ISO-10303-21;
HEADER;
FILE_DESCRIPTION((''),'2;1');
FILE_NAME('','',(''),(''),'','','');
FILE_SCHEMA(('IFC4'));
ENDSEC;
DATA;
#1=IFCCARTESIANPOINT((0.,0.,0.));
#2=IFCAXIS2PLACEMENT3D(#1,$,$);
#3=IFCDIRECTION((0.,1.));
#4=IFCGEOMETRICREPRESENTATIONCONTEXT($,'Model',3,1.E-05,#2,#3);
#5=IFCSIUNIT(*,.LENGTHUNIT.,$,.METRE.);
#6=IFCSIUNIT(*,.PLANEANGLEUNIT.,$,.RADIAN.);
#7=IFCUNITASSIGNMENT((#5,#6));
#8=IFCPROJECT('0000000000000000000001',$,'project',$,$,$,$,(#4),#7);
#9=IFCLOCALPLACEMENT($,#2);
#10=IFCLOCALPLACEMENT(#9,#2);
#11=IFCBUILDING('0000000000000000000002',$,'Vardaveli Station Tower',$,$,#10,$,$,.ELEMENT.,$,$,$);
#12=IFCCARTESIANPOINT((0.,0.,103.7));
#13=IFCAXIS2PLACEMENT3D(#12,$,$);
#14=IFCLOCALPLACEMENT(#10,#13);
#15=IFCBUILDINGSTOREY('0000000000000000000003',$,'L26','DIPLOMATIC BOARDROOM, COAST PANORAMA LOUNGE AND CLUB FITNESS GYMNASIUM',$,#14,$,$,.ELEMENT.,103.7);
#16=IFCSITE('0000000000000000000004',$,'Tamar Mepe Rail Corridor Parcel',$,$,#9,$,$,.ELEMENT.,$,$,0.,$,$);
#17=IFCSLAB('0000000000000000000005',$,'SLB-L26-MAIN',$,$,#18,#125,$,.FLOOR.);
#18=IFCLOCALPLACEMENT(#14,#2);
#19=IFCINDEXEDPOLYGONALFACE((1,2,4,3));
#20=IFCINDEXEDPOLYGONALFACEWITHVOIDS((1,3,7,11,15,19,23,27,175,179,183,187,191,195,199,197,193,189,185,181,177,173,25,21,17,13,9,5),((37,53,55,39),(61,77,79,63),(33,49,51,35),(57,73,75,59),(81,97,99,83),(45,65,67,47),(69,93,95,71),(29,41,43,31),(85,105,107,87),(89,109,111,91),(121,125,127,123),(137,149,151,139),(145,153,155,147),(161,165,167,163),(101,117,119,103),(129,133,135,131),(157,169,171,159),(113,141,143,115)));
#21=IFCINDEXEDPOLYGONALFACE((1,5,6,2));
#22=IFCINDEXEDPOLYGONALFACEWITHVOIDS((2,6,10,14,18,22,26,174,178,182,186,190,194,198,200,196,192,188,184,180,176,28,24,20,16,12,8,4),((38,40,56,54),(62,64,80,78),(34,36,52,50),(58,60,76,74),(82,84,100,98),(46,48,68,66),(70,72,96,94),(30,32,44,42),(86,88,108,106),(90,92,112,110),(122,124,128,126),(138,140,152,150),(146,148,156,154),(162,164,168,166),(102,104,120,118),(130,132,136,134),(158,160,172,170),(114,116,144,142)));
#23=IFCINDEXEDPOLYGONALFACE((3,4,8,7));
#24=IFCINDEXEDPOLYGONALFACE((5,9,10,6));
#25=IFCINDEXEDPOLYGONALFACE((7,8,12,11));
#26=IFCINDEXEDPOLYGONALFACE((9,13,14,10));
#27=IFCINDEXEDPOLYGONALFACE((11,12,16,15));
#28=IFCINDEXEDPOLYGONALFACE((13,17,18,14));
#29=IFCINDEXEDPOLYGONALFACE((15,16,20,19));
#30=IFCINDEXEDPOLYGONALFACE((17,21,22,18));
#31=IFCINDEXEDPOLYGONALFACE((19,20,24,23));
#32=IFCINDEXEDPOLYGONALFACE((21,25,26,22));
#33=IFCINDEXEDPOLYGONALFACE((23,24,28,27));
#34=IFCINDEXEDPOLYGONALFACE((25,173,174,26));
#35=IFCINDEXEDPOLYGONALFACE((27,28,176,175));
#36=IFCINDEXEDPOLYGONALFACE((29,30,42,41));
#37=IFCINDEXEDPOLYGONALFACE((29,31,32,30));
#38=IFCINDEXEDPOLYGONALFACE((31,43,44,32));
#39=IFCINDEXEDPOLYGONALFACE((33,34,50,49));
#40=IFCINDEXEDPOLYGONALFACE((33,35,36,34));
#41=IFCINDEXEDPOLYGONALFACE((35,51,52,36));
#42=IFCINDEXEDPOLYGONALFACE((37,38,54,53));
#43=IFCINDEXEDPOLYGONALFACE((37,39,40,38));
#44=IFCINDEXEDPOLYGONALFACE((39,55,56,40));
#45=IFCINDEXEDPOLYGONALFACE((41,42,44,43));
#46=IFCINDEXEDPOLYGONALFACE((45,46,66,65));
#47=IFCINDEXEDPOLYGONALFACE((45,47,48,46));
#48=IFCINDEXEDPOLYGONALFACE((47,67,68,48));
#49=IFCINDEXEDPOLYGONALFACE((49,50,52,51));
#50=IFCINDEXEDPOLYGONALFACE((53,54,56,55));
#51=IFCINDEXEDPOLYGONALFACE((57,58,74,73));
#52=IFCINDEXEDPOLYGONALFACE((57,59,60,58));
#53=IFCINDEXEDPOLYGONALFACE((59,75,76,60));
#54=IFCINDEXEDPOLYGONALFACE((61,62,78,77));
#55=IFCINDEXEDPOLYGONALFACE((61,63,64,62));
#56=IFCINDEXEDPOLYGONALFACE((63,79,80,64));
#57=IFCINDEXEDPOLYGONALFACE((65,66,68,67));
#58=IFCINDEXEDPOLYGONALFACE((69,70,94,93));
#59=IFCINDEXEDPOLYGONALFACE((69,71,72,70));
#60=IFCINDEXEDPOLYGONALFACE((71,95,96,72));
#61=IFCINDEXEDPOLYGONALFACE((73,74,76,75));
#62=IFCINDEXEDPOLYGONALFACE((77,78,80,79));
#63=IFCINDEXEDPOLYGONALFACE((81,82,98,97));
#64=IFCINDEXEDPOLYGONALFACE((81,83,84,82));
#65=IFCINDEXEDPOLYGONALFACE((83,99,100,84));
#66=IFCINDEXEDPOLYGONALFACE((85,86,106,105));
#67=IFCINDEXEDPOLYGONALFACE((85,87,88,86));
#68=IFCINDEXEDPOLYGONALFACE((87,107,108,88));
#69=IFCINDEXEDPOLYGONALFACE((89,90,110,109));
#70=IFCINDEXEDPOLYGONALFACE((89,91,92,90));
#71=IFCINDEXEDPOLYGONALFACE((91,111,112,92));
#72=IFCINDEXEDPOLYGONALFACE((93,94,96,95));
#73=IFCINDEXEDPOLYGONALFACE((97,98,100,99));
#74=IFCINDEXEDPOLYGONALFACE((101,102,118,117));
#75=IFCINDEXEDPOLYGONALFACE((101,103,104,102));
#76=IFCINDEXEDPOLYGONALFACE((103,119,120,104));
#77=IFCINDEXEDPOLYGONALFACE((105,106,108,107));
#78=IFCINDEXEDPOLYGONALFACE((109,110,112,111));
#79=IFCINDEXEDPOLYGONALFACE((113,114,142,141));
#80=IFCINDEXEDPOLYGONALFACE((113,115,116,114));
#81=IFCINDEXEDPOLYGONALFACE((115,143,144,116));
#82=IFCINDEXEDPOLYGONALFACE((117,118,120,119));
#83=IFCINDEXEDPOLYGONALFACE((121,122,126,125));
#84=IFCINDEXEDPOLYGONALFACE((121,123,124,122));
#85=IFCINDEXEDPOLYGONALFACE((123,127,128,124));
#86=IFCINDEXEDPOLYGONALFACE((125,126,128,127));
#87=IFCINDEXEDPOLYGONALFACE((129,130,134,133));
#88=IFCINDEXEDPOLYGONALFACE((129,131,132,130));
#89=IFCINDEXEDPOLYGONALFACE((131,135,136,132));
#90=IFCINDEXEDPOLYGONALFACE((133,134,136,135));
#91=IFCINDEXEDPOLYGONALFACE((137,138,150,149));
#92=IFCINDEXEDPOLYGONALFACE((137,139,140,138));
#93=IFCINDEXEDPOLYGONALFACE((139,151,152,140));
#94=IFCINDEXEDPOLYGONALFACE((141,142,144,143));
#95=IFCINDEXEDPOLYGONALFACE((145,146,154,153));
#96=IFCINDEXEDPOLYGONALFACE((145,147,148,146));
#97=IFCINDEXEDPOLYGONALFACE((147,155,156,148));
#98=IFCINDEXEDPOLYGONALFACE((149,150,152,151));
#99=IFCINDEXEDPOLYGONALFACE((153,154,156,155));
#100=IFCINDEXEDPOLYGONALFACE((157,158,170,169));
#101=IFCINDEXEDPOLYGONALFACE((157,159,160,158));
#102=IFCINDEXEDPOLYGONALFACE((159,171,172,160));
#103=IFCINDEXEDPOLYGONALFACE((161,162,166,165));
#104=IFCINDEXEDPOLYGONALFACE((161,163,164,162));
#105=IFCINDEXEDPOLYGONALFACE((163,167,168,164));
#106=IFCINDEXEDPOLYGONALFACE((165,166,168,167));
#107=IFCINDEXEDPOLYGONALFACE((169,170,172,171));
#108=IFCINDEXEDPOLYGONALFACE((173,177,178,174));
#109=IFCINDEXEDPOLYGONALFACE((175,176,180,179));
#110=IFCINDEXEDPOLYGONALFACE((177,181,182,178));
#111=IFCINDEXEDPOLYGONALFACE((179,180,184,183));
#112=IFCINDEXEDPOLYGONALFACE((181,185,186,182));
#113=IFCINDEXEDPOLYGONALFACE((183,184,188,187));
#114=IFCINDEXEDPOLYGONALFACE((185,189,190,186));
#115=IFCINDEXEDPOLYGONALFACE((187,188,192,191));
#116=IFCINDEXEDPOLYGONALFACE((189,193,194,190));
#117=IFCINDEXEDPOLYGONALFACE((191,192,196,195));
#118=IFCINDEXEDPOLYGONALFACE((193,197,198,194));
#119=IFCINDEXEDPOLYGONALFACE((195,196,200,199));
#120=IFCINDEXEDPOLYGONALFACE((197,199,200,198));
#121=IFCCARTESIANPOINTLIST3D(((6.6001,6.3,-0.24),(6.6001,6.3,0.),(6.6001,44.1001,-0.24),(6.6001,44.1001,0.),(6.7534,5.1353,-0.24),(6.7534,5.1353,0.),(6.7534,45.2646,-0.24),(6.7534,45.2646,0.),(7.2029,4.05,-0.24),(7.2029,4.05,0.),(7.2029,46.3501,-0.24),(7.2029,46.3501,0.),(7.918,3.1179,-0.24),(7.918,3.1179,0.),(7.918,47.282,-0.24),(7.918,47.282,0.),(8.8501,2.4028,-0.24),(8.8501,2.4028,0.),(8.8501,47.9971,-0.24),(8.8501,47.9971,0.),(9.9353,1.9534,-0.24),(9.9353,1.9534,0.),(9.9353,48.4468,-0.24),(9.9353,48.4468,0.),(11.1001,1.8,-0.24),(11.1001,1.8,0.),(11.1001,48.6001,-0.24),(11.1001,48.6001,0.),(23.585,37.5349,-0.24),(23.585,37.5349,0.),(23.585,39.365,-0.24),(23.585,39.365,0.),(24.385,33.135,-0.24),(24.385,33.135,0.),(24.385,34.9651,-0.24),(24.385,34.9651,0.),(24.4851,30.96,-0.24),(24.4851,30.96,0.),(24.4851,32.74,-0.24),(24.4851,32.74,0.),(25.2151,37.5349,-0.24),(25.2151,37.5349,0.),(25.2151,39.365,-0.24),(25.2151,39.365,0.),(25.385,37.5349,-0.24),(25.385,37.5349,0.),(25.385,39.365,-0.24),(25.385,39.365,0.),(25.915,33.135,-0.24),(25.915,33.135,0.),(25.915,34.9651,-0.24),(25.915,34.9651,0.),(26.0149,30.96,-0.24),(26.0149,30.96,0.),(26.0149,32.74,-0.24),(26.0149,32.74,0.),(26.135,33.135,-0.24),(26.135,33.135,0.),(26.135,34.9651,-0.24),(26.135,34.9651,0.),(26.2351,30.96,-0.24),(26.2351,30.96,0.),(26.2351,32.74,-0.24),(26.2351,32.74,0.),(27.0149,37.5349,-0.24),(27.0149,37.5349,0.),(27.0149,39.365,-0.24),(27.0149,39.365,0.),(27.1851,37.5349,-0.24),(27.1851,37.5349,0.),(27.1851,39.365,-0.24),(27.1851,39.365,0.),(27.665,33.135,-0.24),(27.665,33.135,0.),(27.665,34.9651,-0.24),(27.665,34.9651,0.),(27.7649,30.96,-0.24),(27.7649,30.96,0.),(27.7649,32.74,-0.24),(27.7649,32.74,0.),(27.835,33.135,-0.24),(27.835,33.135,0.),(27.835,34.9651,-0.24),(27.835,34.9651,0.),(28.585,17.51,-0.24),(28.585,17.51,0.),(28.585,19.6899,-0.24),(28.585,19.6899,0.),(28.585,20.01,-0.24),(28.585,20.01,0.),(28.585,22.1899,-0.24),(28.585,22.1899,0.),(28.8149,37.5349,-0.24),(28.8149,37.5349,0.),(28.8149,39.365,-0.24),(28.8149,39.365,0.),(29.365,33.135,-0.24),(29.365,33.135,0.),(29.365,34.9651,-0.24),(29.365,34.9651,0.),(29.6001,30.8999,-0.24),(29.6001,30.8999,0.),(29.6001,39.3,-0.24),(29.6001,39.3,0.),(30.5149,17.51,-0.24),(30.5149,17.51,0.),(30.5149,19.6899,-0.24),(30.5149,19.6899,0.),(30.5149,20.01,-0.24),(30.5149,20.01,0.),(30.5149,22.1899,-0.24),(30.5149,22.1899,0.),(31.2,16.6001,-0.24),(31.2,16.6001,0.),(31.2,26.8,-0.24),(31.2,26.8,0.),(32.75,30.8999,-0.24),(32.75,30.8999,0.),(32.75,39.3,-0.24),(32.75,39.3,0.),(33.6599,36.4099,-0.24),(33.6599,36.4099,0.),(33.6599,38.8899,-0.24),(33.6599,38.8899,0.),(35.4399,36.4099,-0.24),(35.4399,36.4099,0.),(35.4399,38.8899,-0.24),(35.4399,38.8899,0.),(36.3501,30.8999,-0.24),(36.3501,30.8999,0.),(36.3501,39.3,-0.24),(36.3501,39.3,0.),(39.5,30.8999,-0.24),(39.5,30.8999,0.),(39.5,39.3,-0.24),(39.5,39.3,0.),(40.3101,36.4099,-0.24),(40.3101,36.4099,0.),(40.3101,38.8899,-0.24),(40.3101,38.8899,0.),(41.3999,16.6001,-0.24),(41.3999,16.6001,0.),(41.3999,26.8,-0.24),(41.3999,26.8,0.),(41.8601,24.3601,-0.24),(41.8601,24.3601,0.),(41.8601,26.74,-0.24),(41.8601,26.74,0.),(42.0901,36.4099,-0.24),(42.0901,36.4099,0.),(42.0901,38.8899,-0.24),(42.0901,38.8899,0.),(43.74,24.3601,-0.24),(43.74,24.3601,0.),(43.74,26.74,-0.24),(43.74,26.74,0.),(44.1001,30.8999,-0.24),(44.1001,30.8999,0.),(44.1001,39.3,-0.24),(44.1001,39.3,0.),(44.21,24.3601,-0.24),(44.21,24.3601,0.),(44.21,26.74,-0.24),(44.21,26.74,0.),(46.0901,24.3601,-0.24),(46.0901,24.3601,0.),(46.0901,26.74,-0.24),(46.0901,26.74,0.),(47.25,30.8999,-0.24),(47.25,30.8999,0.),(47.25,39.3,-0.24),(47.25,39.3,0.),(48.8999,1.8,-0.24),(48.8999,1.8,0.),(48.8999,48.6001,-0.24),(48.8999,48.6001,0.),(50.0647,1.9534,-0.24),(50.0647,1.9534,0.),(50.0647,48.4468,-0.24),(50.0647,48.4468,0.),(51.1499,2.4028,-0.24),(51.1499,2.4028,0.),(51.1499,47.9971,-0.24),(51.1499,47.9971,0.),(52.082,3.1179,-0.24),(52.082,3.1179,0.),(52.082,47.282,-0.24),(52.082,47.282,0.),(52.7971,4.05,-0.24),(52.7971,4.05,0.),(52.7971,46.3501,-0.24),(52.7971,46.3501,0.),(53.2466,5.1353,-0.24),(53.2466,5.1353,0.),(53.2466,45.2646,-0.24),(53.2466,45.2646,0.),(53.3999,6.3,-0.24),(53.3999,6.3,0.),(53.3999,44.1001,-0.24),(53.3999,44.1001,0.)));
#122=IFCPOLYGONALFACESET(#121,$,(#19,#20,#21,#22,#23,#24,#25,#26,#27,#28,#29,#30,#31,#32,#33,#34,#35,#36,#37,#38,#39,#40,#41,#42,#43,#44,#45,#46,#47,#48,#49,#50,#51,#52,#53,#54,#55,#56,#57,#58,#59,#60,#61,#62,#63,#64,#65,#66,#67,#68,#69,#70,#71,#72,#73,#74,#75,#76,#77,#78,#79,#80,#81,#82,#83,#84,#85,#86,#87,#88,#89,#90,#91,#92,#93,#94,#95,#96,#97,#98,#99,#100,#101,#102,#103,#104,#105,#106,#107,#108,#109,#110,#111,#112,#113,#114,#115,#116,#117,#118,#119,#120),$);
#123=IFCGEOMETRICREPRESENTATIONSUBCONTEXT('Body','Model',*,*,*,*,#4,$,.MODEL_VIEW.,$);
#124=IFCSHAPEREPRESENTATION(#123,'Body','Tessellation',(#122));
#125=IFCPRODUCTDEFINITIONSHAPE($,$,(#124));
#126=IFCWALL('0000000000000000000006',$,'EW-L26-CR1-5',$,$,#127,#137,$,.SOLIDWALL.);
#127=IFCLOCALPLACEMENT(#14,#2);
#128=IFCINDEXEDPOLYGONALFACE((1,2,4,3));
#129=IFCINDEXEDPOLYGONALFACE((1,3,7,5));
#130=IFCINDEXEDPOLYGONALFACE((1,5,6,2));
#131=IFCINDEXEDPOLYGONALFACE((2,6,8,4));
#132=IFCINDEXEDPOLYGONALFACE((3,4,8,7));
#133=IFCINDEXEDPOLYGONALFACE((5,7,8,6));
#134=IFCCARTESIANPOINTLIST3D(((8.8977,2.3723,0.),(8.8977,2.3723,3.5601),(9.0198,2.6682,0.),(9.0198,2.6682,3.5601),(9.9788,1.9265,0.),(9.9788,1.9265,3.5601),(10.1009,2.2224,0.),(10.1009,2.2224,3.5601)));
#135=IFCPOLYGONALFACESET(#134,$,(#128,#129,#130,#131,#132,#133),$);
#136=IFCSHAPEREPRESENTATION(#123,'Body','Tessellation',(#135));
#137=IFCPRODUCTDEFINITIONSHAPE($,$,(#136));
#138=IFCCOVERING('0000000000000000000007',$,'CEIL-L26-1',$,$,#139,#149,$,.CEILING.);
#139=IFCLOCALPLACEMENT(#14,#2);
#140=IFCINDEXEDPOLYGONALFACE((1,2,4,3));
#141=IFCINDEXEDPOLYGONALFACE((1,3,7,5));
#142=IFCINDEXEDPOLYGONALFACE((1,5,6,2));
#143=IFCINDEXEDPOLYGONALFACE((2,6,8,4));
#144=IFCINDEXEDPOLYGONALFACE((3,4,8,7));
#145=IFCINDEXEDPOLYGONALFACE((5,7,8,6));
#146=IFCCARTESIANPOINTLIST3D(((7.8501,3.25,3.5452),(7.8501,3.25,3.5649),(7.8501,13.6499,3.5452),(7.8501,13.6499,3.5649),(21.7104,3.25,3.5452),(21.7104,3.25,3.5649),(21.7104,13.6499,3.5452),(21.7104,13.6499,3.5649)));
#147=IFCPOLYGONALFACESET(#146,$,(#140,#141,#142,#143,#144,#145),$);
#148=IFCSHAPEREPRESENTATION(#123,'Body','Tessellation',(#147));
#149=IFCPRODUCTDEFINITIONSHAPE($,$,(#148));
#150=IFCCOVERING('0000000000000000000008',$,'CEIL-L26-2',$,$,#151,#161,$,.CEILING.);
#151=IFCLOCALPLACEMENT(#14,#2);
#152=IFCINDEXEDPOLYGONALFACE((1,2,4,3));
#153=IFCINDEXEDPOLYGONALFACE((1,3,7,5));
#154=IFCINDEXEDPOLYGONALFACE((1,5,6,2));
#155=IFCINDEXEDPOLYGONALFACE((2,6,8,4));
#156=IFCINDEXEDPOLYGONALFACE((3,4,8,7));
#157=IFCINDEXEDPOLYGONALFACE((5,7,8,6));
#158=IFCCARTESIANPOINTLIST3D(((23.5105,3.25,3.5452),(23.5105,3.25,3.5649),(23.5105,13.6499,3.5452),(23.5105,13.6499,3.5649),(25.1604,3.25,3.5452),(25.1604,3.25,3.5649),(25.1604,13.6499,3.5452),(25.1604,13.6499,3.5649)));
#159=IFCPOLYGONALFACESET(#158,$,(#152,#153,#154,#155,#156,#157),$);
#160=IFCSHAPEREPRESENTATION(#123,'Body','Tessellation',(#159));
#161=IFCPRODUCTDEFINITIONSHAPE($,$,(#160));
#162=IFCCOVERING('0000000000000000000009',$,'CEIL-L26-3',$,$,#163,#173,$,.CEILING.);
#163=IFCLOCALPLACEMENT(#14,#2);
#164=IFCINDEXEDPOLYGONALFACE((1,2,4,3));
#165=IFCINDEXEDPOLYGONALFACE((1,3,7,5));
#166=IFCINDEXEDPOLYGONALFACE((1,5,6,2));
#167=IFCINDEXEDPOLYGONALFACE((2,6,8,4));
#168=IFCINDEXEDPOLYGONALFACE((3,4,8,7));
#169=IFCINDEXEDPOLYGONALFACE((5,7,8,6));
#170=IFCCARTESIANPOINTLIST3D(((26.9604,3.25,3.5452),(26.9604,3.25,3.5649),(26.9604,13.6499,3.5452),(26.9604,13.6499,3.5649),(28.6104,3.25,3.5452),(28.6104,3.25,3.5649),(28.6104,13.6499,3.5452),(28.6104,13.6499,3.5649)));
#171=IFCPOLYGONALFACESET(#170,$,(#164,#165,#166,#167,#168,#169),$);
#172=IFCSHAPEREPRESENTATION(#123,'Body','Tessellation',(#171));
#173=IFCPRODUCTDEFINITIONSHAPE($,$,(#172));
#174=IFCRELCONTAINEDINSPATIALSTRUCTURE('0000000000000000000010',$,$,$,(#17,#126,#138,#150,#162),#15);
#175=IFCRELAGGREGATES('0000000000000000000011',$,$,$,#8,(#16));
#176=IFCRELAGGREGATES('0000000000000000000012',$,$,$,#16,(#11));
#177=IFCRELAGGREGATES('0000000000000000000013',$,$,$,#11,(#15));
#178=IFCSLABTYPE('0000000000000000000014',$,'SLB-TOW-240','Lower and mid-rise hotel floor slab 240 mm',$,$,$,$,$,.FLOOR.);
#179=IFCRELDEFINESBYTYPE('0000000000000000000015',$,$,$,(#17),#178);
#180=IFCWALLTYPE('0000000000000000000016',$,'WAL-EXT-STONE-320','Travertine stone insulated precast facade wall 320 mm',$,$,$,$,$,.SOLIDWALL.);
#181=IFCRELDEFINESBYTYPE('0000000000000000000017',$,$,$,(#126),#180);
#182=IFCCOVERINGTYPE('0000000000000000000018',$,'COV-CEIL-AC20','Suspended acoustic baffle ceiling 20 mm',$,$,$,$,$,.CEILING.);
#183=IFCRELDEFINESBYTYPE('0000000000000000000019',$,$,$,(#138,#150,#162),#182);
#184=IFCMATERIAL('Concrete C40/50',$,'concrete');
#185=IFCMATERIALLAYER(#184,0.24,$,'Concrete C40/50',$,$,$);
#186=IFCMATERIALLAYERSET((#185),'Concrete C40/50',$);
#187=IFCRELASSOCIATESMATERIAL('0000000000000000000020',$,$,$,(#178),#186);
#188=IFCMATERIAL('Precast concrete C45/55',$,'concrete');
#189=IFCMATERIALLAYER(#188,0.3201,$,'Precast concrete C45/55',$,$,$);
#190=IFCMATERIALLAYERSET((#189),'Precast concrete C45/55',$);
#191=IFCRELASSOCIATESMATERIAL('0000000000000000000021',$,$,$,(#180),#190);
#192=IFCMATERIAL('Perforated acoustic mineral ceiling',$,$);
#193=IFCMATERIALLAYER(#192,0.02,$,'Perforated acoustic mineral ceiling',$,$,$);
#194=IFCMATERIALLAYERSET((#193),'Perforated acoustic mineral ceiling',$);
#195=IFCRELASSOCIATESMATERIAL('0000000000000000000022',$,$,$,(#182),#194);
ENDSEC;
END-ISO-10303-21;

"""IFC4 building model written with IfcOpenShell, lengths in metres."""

from ifc_helpers import new_model, si_unit, direction, frame, frame_2d, origin, place, context, subcontext, project, spatial, polyline, rectangle, outline, extrude, source, transform, mapped, material, layer, layer_set, type_object, element, save


model = new_model("IFC4")

# Units and contexts
model_context = context("Model", 3, precision=1e-05, world=origin(), true_north=direction((0.0, 1.0)))
body_context = subcontext(model_context, "Body", "Model", "MODEL_VIEW")
ifc_project = project(units=[si_unit("LENGTHUNIT", "METRE"), si_unit("PLANEANGLEUNIT", "RADIAN")], contexts=[model_context])

# Site, building, storey
site_placement = place(None, origin())
site = spatial("IfcSite", under=ifc_project, at=site_placement, Name="Tamar Mepe Rail Corridor Parcel", CompositionType="ELEMENT", RefElevation=0.0)
building_placement = place(site_placement, origin())
building = spatial("IfcBuilding", under=site, at=building_placement, Name="Vardaveli Station Tower", CompositionType="ELEMENT")
storey_placement = place(building_placement, frame((0.0, 0.0, 103.7)))
storey = spatial("IfcBuildingStorey", under=building, at=storey_placement, Name="L26", Description="DIPLOMATIC BOARDROOM, COAST PANORAMA LOUNGE AND CLUB FITNESS GYMNASIUM", CompositionType="ELEMENT", Elevation=103.7)

# Shared definitions
ifc_material_1 = material(Name="Concrete C40/50", Category="concrete")

# Slab
ifc_material_2 = material(Name="Precast concrete C45/55", Category="concrete")
ifc_layer_1 = layer(ifc_material_1, 0.24, Name="Concrete C40/50")
ifc_layer_set_1 = layer_set([ifc_layer_1], Name="Concrete C40/50")
slab_type_1 = type_object("IfcSlabType", Name="SLB-TOW-240", Description="Lower and mid-rise hotel floor slab 240 mm", PredefinedType="FLOOR", material=ifc_layer_set_1)
slab_1_placement = place(storey_placement, frame((0.0, 0.0, -0.24)))
element("IfcSlab", 1, at=slab_1_placement, inside=storey, type_object=slab_type_1, Name="SLB-L26-MAIN", PredefinedType="FLOOR", context=body_context, shape_type="SweptSolid", body=[
    extrude(outline(polyline([(6.6001, 6.3), (6.7534, 5.1353), (7.2029, 4.05), (7.918, 3.1179), (8.8501, 2.4028), (9.9353, 1.9534), (11.1001, 1.8), (48.8999, 1.8), (50.0647, 1.9534), (51.1499, 2.4028), (52.082, 3.1179), (52.7971, 4.05), (53.2466, 5.1353), (53.3999, 6.3), (53.3999, 44.1001), (53.2466, 45.2646), (52.7971, 46.3501), (52.082, 47.282), (51.1499, 47.9971), (50.0647, 48.4468), (48.8999, 48.6001), (11.1001, 48.6001), (9.9353, 48.4468), (8.8501, 47.9971), (7.918, 47.282), (7.2029, 46.3501), (6.7534, 45.2646), (6.6001, 44.1001), (6.6001, 6.3)]), holes=[polyline([(31.2, 16.6001), (41.3999, 16.6001), (41.3999, 26.8), (31.2, 26.8), (31.2, 16.6001)]), polyline([(32.75, 30.8999), (32.75, 39.3), (29.6001, 39.3), (29.6001, 30.8999), (32.75, 30.8999)]), polyline([(39.5, 30.8999), (39.5, 39.3), (36.3501, 39.3), (36.3501, 30.8999), (39.5, 30.8999)]), polyline([(47.25, 30.8999), (47.25, 39.3), (44.1001, 39.3), (44.1001, 30.8999), (47.25, 30.8999)]), polyline([(23.585, 37.5349), (25.2151, 37.5349), (25.2151, 39.365), (23.585, 39.365), (23.585, 37.5349)]), polyline([(25.385, 37.5349), (27.0149, 37.5349), (27.0149, 39.365), (25.385, 39.365), (25.385, 37.5349)]), polyline([(27.1851, 37.5349), (28.8149, 37.5349), (28.8149, 39.365), (27.1851, 39.365), (27.1851, 37.5349)]), polyline([(24.385, 33.135), (25.915, 33.135), (25.915, 34.9651), (24.385, 34.9651), (24.385, 33.135)]), polyline([(26.135, 33.135), (27.665, 33.135), (27.665, 34.9651), (26.135, 34.9651), (26.135, 33.135)]), polyline([(27.835, 33.135), (29.365, 33.135), (29.365, 34.9651), (27.835, 34.9651), (27.835, 33.135)]), polyline([(33.6599, 36.4099), (35.4399, 36.4099), (35.4399, 38.8899), (33.6599, 38.8899), (33.6599, 36.4099)]), polyline([(40.3101, 36.4099), (42.0901, 36.4099), (42.0901, 38.8899), (40.3101, 38.8899), (40.3101, 36.4099)]), polyline([(24.4851, 30.96), (26.0149, 30.96), (26.0149, 32.74), (24.4851, 32.74), (24.4851, 30.96)]), polyline([(26.2351, 30.96), (27.7649, 30.96), (27.7649, 32.74), (26.2351, 32.74), (26.2351, 30.96)]), polyline([(28.585, 17.51), (30.5149, 17.51), (30.5149, 19.6899), (28.585, 19.6899), (28.585, 17.51)]), polyline([(28.585, 20.01), (30.5149, 20.01), (30.5149, 22.1899), (28.585, 22.1899), (28.585, 20.01)]), polyline([(41.8601, 24.3601), (43.74, 24.3601), (43.74, 26.74), (41.8601, 26.74), (41.8601, 24.3601)]), polyline([(44.21, 24.3601), (46.0901, 24.3601), (46.0901, 26.74), (44.21, 26.74), (44.21, 24.3601)])]), origin(), (0.0, 0.0, 1.0), 0.24),
])

# Wall
ifc_layer_2 = layer(ifc_material_2, 0.3201, Name="Precast concrete C45/55")
ifc_layer_set_2 = layer_set([ifc_layer_2], Name="Precast concrete C45/55")
wall_type = type_object("IfcWallType", Name="WAL-EXT-STONE-320", Description="Travertine stone insulated precast facade wall 320 mm", PredefinedType="SOLIDWALL", material=ifc_layer_set_2)
shared_shape = source(origin(), body_context, "Body", "SweptSolid", [
    extrude(rectangle(XDim=1.1694, YDim=0.3201, at=frame_2d((0.5847, 0.0))), origin(), (0.0, 0.0, 1.0), 3.5601),
])
wall_placement = place(storey_placement, frame((8.9587, 2.5203, 0.0), z_axis=(0.0, 0.0, 1.0), x_axis=(0.924479, -0.381233, 0.0)))
element("IfcWall", 2, at=wall_placement, inside=storey, type_object=wall_type, Name="EW-L26-CR1-5", PredefinedType="SOLIDWALL", context=body_context, shape_type="MappedRepresentation", body=[
    mapped(shared_shape, transform((0.0, 0.0, 0.0), scale=1.0)),
])

# Coverings
ifc_material_3 = material(Name="Perforated acoustic mineral ceiling")
ifc_layer_3 = layer(ifc_material_3, 0.02, Name="Perforated acoustic mineral ceiling")
ifc_layer_set_3 = layer_set([ifc_layer_3], Name="Perforated acoustic mineral ceiling")
covering_type_1 = type_object("IfcCoveringType", Name="COV-CEIL-AC20", Description="Suspended acoustic baffle ceiling 20 mm", PredefinedType="CEILING", material=ifc_layer_set_3)
covering_1_placement = place(storey_placement, frame((0.0, 0.0, 3.5452)))
element("IfcCovering", 3, at=covering_1_placement, inside=storey, type_object=covering_type_1, Name="CEIL-L26-1", PredefinedType="CEILING", context=body_context, shape_type="SweptSolid", body=[
    extrude(outline(polyline([(7.8501, 3.25), (21.7104, 3.25), (21.7104, 13.6499), (7.8501, 13.6499), (7.8501, 3.25)])), origin(), (0.0, 0.0, 1.0), 0.0198),
])
covering_2_placement = place(storey_placement, frame((0.0, 0.0, 3.5452)))
element("IfcCovering", 4, at=covering_2_placement, inside=storey, type_object=covering_type_1, Name="CEIL-L26-2", PredefinedType="CEILING", context=body_context, shape_type="SweptSolid", body=[
    extrude(outline(polyline([(23.5105, 3.25), (25.1604, 3.25), (25.1604, 13.6499), (23.5105, 13.6499), (23.5105, 3.25)])), origin(), (0.0, 0.0, 1.0), 0.0198),
])
covering_3_placement = place(storey_placement, frame((0.0, 0.0, 3.5452)))
element("IfcCovering", 5, at=covering_3_placement, inside=storey, type_object=covering_type_1, Name="CEIL-L26-3", PredefinedType="CEILING", context=body_context, shape_type="SweptSolid", body=[
    extrude(outline(polyline([(26.9604, 3.25), (28.6104, 3.25), (28.6104, 13.6499), (26.9604, 13.6499), (26.9604, 3.25)])), origin(), (0.0, 0.0, 1.0), 0.0198),
])

save(model, "model.ifc")
